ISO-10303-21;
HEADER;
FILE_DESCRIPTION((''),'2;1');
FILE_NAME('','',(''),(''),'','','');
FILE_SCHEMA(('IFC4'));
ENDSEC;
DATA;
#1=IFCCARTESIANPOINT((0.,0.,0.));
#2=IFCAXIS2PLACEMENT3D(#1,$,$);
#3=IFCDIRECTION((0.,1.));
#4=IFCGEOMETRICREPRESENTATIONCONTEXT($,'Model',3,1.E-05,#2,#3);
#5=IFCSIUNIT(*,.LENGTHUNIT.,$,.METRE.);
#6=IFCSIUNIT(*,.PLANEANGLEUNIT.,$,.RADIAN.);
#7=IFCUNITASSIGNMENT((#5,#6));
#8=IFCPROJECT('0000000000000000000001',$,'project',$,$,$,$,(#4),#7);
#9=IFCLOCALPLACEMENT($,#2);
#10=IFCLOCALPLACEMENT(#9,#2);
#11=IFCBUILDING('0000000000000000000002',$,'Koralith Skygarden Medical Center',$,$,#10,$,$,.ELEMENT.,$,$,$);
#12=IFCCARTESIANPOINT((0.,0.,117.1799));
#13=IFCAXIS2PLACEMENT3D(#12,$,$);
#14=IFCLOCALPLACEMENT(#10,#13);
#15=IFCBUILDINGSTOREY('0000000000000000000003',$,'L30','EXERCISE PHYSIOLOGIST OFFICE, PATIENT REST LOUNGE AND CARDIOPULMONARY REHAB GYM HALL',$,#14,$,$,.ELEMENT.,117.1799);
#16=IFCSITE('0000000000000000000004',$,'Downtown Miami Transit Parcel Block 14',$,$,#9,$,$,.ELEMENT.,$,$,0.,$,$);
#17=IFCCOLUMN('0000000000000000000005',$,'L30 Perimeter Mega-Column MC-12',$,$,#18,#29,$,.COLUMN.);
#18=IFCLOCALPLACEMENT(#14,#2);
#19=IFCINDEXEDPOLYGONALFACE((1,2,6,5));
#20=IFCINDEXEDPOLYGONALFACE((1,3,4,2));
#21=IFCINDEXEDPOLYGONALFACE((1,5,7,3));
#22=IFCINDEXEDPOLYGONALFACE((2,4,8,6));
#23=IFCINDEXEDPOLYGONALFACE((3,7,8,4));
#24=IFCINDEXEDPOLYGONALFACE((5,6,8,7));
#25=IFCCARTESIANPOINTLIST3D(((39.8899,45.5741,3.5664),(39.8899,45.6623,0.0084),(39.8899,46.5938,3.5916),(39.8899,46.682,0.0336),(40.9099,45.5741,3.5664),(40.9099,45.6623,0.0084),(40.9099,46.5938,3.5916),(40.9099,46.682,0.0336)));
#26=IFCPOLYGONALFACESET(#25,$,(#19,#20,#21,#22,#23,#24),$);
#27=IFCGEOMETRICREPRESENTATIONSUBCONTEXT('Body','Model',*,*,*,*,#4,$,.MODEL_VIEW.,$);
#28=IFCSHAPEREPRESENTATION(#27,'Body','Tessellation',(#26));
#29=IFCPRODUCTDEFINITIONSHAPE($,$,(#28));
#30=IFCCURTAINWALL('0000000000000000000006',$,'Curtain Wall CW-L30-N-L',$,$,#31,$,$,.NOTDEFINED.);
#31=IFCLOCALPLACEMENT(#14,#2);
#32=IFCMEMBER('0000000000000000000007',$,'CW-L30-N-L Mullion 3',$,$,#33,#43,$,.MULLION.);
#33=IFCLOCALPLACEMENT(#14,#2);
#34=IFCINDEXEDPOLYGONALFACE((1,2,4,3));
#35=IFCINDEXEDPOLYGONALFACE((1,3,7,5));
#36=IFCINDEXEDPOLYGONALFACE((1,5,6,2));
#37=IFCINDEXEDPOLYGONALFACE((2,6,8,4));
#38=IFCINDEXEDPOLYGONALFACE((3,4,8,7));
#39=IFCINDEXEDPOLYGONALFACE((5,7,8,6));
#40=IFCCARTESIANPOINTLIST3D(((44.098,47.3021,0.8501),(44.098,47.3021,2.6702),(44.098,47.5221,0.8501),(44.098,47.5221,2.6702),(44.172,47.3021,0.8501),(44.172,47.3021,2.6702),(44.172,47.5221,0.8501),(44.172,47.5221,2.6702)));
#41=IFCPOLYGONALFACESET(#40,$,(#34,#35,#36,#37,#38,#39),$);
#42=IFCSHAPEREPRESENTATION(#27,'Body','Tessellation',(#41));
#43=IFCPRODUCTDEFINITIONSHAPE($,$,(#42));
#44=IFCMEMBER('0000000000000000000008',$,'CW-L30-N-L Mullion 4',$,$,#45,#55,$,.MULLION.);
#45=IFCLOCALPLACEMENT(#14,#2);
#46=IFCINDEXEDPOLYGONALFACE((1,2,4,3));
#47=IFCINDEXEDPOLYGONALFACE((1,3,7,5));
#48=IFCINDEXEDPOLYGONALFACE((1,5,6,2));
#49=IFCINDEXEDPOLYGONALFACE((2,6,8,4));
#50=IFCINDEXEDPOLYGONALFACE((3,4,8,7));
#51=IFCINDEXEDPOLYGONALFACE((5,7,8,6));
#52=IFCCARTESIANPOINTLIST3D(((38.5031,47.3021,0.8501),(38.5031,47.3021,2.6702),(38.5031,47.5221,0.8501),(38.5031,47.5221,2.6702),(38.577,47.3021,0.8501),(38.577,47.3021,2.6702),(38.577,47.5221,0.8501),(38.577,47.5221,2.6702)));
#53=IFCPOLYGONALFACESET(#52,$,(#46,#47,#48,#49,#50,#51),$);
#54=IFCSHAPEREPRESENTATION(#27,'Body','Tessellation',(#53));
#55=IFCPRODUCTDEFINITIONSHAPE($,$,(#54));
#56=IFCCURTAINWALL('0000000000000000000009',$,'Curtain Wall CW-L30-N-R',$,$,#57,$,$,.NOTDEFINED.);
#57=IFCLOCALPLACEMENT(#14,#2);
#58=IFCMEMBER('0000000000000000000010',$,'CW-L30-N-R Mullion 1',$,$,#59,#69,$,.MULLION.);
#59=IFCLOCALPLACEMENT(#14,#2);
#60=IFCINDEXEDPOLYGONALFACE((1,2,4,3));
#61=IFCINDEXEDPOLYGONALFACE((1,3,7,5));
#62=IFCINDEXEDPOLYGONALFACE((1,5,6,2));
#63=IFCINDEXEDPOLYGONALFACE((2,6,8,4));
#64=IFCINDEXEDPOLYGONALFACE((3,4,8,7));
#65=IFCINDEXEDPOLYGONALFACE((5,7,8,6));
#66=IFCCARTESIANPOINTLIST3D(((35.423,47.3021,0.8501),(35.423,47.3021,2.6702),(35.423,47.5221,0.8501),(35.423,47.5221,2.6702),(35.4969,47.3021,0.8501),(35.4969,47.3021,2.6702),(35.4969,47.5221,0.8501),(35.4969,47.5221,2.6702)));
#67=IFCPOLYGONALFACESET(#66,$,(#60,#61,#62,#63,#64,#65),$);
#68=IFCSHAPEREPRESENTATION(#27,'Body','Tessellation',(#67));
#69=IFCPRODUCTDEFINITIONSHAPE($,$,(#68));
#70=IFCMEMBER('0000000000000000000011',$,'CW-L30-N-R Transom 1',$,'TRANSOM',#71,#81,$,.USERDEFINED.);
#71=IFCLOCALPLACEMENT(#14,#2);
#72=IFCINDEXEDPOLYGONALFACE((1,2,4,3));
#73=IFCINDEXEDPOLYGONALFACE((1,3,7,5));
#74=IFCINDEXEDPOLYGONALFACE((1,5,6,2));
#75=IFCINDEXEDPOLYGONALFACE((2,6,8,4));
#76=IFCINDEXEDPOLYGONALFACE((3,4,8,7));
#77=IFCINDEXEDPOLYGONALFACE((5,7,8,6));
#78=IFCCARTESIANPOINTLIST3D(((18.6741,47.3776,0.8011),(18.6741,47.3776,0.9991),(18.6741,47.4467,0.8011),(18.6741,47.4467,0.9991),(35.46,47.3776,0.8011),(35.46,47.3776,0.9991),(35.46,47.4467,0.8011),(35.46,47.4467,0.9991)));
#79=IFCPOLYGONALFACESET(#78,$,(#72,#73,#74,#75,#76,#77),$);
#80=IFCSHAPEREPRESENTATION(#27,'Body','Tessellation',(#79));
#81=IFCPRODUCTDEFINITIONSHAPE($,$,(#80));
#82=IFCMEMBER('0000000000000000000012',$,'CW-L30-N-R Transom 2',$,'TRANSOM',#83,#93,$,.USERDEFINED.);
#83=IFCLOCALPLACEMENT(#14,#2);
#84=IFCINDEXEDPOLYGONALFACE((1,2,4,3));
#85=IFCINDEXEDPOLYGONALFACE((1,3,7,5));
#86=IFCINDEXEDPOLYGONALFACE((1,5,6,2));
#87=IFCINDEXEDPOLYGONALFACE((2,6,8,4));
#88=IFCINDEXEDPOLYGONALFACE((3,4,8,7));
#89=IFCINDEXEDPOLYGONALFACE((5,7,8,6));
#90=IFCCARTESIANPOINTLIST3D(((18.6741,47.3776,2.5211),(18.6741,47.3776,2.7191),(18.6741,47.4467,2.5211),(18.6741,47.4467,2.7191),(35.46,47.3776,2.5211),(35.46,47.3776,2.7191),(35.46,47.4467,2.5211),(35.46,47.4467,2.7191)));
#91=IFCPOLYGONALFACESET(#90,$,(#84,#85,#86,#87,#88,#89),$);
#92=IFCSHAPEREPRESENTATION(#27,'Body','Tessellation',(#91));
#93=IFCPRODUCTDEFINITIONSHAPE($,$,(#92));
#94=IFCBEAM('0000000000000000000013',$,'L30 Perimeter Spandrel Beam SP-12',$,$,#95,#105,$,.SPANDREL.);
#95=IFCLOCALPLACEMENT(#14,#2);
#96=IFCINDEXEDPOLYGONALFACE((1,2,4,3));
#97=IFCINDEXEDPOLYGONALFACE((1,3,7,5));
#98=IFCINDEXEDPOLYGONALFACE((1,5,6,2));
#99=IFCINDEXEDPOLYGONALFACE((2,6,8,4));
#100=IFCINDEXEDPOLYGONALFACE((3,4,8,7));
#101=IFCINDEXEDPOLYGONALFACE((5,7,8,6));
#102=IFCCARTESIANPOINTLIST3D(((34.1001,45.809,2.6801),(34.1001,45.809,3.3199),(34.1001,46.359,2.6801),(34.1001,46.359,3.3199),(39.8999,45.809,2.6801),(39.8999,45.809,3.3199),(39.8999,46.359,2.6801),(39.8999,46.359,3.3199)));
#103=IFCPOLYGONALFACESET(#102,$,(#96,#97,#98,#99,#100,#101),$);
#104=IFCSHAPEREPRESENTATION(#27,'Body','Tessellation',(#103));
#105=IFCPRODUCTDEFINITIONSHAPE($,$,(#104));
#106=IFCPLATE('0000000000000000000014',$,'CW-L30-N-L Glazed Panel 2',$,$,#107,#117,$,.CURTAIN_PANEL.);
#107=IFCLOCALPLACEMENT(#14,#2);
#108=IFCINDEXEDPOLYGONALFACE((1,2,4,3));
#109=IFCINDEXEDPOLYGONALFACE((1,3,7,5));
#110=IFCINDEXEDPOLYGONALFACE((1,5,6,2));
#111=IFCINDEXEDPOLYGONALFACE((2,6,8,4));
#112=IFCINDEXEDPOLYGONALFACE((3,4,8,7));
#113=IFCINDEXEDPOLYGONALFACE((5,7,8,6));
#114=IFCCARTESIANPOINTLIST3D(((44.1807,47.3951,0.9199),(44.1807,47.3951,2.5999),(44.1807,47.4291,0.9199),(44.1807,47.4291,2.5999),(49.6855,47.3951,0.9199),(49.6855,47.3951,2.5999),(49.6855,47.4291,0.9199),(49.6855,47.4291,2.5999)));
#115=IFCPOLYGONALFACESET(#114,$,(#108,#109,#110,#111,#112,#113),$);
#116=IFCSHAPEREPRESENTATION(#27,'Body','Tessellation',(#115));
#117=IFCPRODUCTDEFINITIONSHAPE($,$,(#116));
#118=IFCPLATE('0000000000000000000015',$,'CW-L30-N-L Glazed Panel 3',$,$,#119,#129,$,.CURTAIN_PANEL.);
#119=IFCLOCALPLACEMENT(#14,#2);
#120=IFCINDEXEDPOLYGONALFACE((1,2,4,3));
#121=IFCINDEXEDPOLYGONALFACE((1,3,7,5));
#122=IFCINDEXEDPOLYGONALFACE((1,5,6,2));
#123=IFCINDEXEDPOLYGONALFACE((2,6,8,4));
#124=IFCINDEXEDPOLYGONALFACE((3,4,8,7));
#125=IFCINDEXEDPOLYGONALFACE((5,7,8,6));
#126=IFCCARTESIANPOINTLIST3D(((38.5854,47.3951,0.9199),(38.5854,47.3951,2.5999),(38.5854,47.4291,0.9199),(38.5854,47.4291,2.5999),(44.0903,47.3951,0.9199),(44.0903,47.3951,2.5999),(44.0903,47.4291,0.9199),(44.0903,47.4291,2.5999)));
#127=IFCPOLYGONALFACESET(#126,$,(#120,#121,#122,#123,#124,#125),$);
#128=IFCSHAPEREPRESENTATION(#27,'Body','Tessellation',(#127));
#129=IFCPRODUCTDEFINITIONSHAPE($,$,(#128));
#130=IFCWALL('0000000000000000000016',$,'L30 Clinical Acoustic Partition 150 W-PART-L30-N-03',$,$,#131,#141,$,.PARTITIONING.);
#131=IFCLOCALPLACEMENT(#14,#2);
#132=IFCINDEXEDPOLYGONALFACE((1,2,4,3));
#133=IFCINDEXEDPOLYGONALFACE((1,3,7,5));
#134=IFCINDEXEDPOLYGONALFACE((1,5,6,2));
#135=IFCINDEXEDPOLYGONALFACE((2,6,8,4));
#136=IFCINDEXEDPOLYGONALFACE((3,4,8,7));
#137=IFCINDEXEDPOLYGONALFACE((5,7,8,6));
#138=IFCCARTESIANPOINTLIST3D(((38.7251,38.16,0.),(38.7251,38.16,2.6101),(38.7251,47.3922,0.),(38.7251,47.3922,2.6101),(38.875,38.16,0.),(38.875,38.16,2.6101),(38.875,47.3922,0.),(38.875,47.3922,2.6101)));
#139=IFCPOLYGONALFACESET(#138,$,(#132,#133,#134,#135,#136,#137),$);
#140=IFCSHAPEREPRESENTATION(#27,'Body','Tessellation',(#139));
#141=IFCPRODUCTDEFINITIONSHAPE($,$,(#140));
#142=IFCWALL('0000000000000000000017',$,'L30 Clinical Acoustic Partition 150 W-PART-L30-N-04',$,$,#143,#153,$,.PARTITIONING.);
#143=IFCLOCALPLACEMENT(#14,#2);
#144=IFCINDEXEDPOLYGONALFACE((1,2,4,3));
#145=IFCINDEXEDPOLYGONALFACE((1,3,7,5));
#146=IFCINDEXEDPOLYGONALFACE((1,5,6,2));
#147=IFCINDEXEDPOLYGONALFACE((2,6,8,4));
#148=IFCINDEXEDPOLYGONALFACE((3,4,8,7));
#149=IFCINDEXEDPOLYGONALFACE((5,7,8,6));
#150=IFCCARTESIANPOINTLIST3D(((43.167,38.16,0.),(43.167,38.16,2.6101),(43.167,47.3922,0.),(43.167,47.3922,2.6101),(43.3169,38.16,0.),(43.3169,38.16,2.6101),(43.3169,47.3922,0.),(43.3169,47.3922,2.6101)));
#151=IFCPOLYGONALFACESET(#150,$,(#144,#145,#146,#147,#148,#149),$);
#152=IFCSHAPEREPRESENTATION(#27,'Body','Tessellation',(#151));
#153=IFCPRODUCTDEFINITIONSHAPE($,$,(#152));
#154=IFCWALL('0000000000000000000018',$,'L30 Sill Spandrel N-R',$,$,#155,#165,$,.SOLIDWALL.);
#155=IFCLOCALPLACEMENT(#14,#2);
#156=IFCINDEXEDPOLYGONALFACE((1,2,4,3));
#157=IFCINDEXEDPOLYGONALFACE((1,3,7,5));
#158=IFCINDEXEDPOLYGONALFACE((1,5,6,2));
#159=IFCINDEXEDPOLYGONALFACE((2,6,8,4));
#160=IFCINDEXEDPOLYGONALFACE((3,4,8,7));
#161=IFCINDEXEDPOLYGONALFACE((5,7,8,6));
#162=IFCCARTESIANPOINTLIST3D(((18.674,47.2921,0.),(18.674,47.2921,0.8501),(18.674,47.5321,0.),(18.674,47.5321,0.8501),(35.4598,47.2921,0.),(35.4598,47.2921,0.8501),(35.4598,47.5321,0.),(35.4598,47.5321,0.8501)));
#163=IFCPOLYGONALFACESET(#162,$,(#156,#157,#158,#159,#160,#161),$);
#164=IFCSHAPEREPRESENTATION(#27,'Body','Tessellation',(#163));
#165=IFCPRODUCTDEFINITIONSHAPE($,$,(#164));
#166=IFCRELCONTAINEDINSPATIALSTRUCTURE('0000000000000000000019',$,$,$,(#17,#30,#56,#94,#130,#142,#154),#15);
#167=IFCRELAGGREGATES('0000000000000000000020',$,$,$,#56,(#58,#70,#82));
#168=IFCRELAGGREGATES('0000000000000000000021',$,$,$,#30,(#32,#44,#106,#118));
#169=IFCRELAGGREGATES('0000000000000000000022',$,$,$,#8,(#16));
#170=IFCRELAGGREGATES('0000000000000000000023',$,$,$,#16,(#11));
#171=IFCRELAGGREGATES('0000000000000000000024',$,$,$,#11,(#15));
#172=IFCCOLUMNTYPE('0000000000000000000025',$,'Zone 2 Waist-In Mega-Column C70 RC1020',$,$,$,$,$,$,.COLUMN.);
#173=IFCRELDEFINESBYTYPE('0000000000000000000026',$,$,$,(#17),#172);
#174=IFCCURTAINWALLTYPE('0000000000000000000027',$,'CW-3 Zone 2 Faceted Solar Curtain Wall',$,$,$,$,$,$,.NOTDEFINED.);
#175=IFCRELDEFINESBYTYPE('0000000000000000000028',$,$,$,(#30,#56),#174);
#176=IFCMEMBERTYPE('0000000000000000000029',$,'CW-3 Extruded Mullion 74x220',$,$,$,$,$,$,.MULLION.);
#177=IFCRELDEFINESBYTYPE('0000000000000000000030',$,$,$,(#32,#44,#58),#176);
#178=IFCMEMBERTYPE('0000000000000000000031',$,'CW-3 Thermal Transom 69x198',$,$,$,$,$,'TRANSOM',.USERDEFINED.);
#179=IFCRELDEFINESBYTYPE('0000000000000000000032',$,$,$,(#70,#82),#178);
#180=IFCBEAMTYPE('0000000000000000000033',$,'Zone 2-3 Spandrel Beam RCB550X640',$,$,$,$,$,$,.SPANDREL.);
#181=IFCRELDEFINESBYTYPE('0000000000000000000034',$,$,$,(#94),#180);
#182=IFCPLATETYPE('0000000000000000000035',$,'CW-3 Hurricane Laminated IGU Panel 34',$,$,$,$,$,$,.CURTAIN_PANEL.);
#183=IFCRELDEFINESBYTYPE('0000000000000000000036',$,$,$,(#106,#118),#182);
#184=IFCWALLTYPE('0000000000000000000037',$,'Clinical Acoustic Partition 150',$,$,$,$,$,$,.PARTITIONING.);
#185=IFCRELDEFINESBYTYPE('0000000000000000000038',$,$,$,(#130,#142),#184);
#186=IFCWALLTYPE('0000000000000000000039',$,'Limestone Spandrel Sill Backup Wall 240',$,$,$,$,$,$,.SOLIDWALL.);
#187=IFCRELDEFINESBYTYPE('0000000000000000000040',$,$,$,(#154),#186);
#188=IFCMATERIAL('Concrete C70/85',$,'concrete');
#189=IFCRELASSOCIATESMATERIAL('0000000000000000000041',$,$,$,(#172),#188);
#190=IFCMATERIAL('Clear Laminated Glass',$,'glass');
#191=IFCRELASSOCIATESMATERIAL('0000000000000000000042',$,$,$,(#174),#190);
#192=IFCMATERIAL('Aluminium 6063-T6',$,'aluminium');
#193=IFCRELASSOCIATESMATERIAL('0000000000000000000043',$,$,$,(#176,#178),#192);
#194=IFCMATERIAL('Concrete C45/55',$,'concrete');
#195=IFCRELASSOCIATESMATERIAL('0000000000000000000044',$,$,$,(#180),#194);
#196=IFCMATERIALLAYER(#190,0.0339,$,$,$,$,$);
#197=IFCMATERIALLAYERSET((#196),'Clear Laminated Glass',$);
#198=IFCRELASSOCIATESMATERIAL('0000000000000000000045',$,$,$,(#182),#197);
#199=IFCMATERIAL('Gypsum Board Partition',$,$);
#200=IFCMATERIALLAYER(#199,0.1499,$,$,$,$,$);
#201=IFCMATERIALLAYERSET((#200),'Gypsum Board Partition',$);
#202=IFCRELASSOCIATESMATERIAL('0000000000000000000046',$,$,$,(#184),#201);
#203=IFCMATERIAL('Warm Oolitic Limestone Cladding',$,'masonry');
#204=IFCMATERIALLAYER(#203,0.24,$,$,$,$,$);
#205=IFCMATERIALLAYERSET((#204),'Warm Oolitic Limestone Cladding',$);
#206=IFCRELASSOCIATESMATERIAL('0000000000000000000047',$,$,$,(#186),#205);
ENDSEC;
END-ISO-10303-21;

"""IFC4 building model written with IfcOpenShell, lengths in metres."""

from ifc_helpers import new_model, si_unit, direction, frame, frame_2d, origin, origin_2d, place, context, subcontext, project, spatial, rectangle, extrude, material, layer, layer_set, material_profile, profile_set, type_object, element, aggregate, save


model = new_model("IFC4")

# Units and contexts
model_context = context("Model", 3, precision=1e-05, world=origin(), true_north=direction((0.0, 1.0)))
body_context = subcontext(model_context, "Body", "Model", "MODEL_VIEW")
ifc_project = project(units=[si_unit("LENGTHUNIT", "METRE"), si_unit("PLANEANGLEUNIT", "RADIAN")], contexts=[model_context])

# Site, building, storey
site_placement = place(None, origin())
site = spatial("IfcSite", under=ifc_project, at=site_placement, Name="Downtown Miami Transit Parcel Block 14", CompositionType="ELEMENT", RefElevation=0.0)
building_placement = place(site_placement, origin())
building = spatial("IfcBuilding", under=site, at=building_placement, Name="Koralith Skygarden Medical Center", CompositionType="ELEMENT")
storey_placement = place(building_placement, frame((0.0, 0.0, 117.1799)))
storey = spatial("IfcBuildingStorey", under=building, at=storey_placement, Name="L30", Description="EXERCISE PHYSIOLOGIST OFFICE, PATIENT REST LOUNGE AND CARDIOPULMONARY REHAB GYM HALL", CompositionType="ELEMENT", Elevation=117.1799)

# Column
ifc_material_1 = material(Name="Concrete C70/85", Category="concrete")
ifc_material_profile_1 = material_profile(ifc_material_1, rectangle(XDim=1.02, YDim=1.02, at=origin_2d()), Name="RC1020X1020")
ifc_profile_set_1 = profile_set([ifc_material_profile_1], Name="Concrete C70/85")
column_type = type_object("IfcColumnType", Name="Zone 2 Waist-In Mega-Column C70 RC1020", PredefinedType="COLUMN", material=ifc_profile_set_1)
column_placement = place(storey_placement, frame((40.3999, 46.1721, 0.021), z_axis=(0.0, -0.024763, 0.999693), x_axis=(1.0, 0.0, 0.0)))
element("IfcColumn", 1, at=column_placement, inside=storey, type_object=column_type, Name="L30 Perimeter Mega-Column MC-12", PredefinedType="COLUMN", context=body_context, shape_type="SweptSolid", body=[
    extrude(rectangle(XDim=1.02, YDim=1.02, at=origin_2d()), origin(), (0.0, 0.0, 1.0), 3.5591),
])

# Curtain walls, members
ifc_material_2 = material(Name="Clear Laminated Glass", Category="glass")
curtain_wall_type = type_object("IfcCurtainWallType", Name="CW-3 Zone 2 Faceted Solar Curtain Wall", PredefinedType="NOTDEFINED", material=ifc_material_2)
curtain_wall_1_placement = place(storey_placement, origin())
curtain_wall_1 = element("IfcCurtainWall", 2, at=curtain_wall_1_placement, inside=storey, type_object=curtain_wall_type, Name="Curtain Wall CW-L30-N-L", PredefinedType="NOTDEFINED")
ifc_material_3 = material(Name="Aluminium 6063-T6", Category="aluminium")
ifc_material_profile_2 = material_profile(ifc_material_3, rectangle(XDim=0.074, YDim=0.22, at=origin_2d()), Name="MUL74X220")
ifc_profile_set_2 = profile_set([ifc_material_profile_2], Name="Aluminium 6063-T6")
member_type_1 = type_object("IfcMemberType", Name="CW-3 Extruded Mullion 74x220", PredefinedType="MULLION", material=ifc_profile_set_2)
member_1_placement = place(storey_placement, frame((44.135, 47.4121, 0.8501), z_axis=(0.0, 0.0, 1.0), x_axis=(1.0, 0.0, 0.0)))
member_1 = element("IfcMember", 3, at=member_1_placement, type_object=member_type_1, Name="CW-L30-N-L Mullion 3", PredefinedType="MULLION", context=body_context, shape_type="SweptSolid", body=[
    extrude(rectangle(XDim=0.074, YDim=0.22, at=origin_2d()), origin(), (0.0, 0.0, 1.0), 1.8201),
])
member_2_placement = place(storey_placement, frame((38.54, 47.4121, 0.8501), z_axis=(0.0, 0.0, 1.0), x_axis=(1.0, 0.0, 0.0)))
member_2 = element("IfcMember", 4, at=member_2_placement, type_object=member_type_1, Name="CW-L30-N-L Mullion 4", PredefinedType="MULLION", context=body_context, shape_type="SweptSolid", body=[
    extrude(rectangle(XDim=0.074, YDim=0.22, at=origin_2d()), origin(), (0.0, 0.0, 1.0), 1.8201),
])
curtain_wall_2_placement = place(storey_placement, origin())
curtain_wall_2 = element("IfcCurtainWall", 5, at=curtain_wall_2_placement, inside=storey, type_object=curtain_wall_type, Name="Curtain Wall CW-L30-N-R", PredefinedType="NOTDEFINED")
member_3_placement = place(storey_placement, frame((35.46, 47.4121, 0.8501), z_axis=(0.0, 0.0, 1.0), x_axis=(1.0, 0.0, 0.0)))
member_3 = element("IfcMember", 6, at=member_3_placement, type_object=member_type_1, Name="CW-L30-N-R Mullion 1", PredefinedType="MULLION", context=body_context, shape_type="SweptSolid", body=[
    extrude(rectangle(XDim=0.074, YDim=0.22, at=origin_2d()), origin(), (0.0, 0.0, 1.0), 1.8201),
])
ifc_material_profile_3 = material_profile(ifc_material_3, rectangle(XDim=0.0691, YDim=0.198, at=origin_2d()), Name="TRN69X198")
ifc_profile_set_3 = profile_set([ifc_material_profile_3], Name="Aluminium 6063-T6")
member_type_2 = type_object("IfcMemberType", Name="CW-3 Thermal Transom 69x198", ElementType="TRANSOM", PredefinedType="USERDEFINED", material=ifc_profile_set_3)
member_4_placement = place(storey_placement, frame((35.46, 47.4121, 0.9001), z_axis=(-1.0, 0.0, 0.0), x_axis=(0.0, -1.0, 0.0)))
member_4 = element("IfcMember", 7, at=member_4_placement, type_object=member_type_2, Name="CW-L30-N-R Transom 1", ObjectType="TRANSOM", PredefinedType="USERDEFINED", context=body_context, shape_type="SweptSolid", body=[
    extrude(rectangle(XDim=0.0691, YDim=0.198, at=origin_2d()), origin(), (0.0, 0.0, 1.0), 16.7859),
])
member_5_placement = place(storey_placement, frame((35.46, 47.4121, 2.6201), z_axis=(-1.0, 0.0, 0.0), x_axis=(0.0, -1.0, 0.0)))
member_5 = element("IfcMember", 8, at=member_5_placement, type_object=member_type_2, Name="CW-L30-N-R Transom 2", ObjectType="TRANSOM", PredefinedType="USERDEFINED", context=body_context, shape_type="SweptSolid", body=[
    extrude(rectangle(XDim=0.0691, YDim=0.198, at=origin_2d()), origin(), (0.0, 0.0, 1.0), 16.7859),
])
aggregate(curtain_wall_2, [member_3, member_4, member_5])

# Beam
ifc_material_4 = material(Name="Concrete C45/55", Category="concrete")
ifc_material_profile_4 = material_profile(ifc_material_4, rectangle(XDim=0.55, YDim=0.6399, at=origin_2d()), Name="RCB550X640")
ifc_profile_set_4 = profile_set([ifc_material_profile_4], Name="Concrete C45/55")
beam_type = type_object("IfcBeamType", Name="Zone 2-3 Spandrel Beam RCB550X640", PredefinedType="SPANDREL", material=ifc_profile_set_4)
beam_placement = place(storey_placement, frame((39.8999, 46.084, 3.0), z_axis=(-1.0, 0.0, 0.0), x_axis=(0.0, -1.0, 0.0)))
element("IfcBeam", 9, at=beam_placement, inside=storey, type_object=beam_type, Name="L30 Perimeter Spandrel Beam SP-12", PredefinedType="SPANDREL", context=body_context, shape_type="SweptSolid", body=[
    extrude(rectangle(XDim=0.55, YDim=0.6399, at=origin_2d()), origin(), (0.0, 0.0, 1.0), 5.7998),
])

# Plates
ifc_layer_1 = layer(ifc_material_2, 0.0339)
ifc_layer_set_1 = layer_set([ifc_layer_1], Name="Clear Laminated Glass")
plate_type = type_object("IfcPlateType", Name="CW-3 Hurricane Laminated IGU Panel 34", PredefinedType="CURTAIN_PANEL", material=ifc_layer_set_1)
plate_1_placement = place(storey_placement, frame((46.9331, 47.4121, 0.9199), z_axis=(0.0, 0.0, 1.0), x_axis=(-1.0, 0.0, 0.0)))
plate_1 = element("IfcPlate", 10, at=plate_1_placement, type_object=plate_type, Name="CW-L30-N-L Glazed Panel 2", PredefinedType="CURTAIN_PANEL", context=body_context, shape_type="SweptSolid", body=[
    extrude(rectangle(XDim=5.5049, YDim=0.0339, at=origin_2d()), origin(), (0.0, 0.0, 1.0), 1.6799),
])
plate_2_placement = place(storey_placement, frame((41.3379, 47.4121, 0.9199), z_axis=(0.0, 0.0, 1.0), x_axis=(-1.0, 0.0, 0.0)))
plate_2 = element("IfcPlate", 11, at=plate_2_placement, type_object=plate_type, Name="CW-L30-N-L Glazed Panel 3", PredefinedType="CURTAIN_PANEL", context=body_context, shape_type="SweptSolid", body=[
    extrude(rectangle(XDim=5.5049, YDim=0.0339, at=origin_2d()), origin(), (0.0, 0.0, 1.0), 1.6799),
])
aggregate(curtain_wall_1, [member_1, member_2, plate_1, plate_2])

# Walls
ifc_material_5 = material(Name="Gypsum Board Partition")
ifc_layer_2 = layer(ifc_material_5, 0.1499)
ifc_layer_set_2 = layer_set([ifc_layer_2], Name="Gypsum Board Partition")
wall_type_1 = type_object("IfcWallType", Name="Clinical Acoustic Partition 150", PredefinedType="PARTITIONING", material=ifc_layer_set_2)
for number, where, z_axis, x_axis, name in (
    (12, (38.8, 38.1599, 0.0), (0.0, 0.0, 1.0), (0.0, 1.0, 0.0), "L30 Clinical Acoustic Partition 150 W-PART-L30-N-03"),
    (13, (43.2419, 38.1599, 0.0), (0.0, 0.0, 1.0), (0.0, 1.0, 0.0), "L30 Clinical Acoustic Partition 150 W-PART-L30-N-04"),
):
    element("IfcWall", number, at=place(storey_placement, frame(where, z_axis=z_axis, x_axis=x_axis)), inside=storey, type_object=wall_type_1, Name=name, PredefinedType="PARTITIONING", context=body_context, shape_type="SweptSolid", body=[
        extrude(rectangle(XDim=9.2322, YDim=0.1499, at=frame_2d((4.6162, 0.0))), origin(), (0.0, 0.0, 1.0), 2.6101),
    ])

# Wall
ifc_material_6 = material(Name="Warm Oolitic Limestone Cladding", Category="masonry")
ifc_layer_3 = layer(ifc_material_6, 0.24)
ifc_layer_set_3 = layer_set([ifc_layer_3], Name="Warm Oolitic Limestone Cladding")
wall_type_2 = type_object("IfcWallType", Name="Limestone Spandrel Sill Backup Wall 240", PredefinedType="SOLIDWALL", material=ifc_layer_set_3)
wall_1_placement = place(storey_placement, frame((35.46, 47.4121, 0.0), z_axis=(0.0, 0.0, 1.0), x_axis=(-1.0, 0.0, 0.0)))
element("IfcWall", 14, at=wall_1_placement, inside=storey, type_object=wall_type_2, Name="L30 Sill Spandrel N-R", PredefinedType="SOLIDWALL", context=body_context, shape_type="SweptSolid", body=[
    extrude(rectangle(XDim=16.7859, YDim=0.24, at=frame_2d((8.3931, 0.0))), origin(), (0.0, 0.0, 1.0), 0.8501),
])

save(model, "model.ifc")
